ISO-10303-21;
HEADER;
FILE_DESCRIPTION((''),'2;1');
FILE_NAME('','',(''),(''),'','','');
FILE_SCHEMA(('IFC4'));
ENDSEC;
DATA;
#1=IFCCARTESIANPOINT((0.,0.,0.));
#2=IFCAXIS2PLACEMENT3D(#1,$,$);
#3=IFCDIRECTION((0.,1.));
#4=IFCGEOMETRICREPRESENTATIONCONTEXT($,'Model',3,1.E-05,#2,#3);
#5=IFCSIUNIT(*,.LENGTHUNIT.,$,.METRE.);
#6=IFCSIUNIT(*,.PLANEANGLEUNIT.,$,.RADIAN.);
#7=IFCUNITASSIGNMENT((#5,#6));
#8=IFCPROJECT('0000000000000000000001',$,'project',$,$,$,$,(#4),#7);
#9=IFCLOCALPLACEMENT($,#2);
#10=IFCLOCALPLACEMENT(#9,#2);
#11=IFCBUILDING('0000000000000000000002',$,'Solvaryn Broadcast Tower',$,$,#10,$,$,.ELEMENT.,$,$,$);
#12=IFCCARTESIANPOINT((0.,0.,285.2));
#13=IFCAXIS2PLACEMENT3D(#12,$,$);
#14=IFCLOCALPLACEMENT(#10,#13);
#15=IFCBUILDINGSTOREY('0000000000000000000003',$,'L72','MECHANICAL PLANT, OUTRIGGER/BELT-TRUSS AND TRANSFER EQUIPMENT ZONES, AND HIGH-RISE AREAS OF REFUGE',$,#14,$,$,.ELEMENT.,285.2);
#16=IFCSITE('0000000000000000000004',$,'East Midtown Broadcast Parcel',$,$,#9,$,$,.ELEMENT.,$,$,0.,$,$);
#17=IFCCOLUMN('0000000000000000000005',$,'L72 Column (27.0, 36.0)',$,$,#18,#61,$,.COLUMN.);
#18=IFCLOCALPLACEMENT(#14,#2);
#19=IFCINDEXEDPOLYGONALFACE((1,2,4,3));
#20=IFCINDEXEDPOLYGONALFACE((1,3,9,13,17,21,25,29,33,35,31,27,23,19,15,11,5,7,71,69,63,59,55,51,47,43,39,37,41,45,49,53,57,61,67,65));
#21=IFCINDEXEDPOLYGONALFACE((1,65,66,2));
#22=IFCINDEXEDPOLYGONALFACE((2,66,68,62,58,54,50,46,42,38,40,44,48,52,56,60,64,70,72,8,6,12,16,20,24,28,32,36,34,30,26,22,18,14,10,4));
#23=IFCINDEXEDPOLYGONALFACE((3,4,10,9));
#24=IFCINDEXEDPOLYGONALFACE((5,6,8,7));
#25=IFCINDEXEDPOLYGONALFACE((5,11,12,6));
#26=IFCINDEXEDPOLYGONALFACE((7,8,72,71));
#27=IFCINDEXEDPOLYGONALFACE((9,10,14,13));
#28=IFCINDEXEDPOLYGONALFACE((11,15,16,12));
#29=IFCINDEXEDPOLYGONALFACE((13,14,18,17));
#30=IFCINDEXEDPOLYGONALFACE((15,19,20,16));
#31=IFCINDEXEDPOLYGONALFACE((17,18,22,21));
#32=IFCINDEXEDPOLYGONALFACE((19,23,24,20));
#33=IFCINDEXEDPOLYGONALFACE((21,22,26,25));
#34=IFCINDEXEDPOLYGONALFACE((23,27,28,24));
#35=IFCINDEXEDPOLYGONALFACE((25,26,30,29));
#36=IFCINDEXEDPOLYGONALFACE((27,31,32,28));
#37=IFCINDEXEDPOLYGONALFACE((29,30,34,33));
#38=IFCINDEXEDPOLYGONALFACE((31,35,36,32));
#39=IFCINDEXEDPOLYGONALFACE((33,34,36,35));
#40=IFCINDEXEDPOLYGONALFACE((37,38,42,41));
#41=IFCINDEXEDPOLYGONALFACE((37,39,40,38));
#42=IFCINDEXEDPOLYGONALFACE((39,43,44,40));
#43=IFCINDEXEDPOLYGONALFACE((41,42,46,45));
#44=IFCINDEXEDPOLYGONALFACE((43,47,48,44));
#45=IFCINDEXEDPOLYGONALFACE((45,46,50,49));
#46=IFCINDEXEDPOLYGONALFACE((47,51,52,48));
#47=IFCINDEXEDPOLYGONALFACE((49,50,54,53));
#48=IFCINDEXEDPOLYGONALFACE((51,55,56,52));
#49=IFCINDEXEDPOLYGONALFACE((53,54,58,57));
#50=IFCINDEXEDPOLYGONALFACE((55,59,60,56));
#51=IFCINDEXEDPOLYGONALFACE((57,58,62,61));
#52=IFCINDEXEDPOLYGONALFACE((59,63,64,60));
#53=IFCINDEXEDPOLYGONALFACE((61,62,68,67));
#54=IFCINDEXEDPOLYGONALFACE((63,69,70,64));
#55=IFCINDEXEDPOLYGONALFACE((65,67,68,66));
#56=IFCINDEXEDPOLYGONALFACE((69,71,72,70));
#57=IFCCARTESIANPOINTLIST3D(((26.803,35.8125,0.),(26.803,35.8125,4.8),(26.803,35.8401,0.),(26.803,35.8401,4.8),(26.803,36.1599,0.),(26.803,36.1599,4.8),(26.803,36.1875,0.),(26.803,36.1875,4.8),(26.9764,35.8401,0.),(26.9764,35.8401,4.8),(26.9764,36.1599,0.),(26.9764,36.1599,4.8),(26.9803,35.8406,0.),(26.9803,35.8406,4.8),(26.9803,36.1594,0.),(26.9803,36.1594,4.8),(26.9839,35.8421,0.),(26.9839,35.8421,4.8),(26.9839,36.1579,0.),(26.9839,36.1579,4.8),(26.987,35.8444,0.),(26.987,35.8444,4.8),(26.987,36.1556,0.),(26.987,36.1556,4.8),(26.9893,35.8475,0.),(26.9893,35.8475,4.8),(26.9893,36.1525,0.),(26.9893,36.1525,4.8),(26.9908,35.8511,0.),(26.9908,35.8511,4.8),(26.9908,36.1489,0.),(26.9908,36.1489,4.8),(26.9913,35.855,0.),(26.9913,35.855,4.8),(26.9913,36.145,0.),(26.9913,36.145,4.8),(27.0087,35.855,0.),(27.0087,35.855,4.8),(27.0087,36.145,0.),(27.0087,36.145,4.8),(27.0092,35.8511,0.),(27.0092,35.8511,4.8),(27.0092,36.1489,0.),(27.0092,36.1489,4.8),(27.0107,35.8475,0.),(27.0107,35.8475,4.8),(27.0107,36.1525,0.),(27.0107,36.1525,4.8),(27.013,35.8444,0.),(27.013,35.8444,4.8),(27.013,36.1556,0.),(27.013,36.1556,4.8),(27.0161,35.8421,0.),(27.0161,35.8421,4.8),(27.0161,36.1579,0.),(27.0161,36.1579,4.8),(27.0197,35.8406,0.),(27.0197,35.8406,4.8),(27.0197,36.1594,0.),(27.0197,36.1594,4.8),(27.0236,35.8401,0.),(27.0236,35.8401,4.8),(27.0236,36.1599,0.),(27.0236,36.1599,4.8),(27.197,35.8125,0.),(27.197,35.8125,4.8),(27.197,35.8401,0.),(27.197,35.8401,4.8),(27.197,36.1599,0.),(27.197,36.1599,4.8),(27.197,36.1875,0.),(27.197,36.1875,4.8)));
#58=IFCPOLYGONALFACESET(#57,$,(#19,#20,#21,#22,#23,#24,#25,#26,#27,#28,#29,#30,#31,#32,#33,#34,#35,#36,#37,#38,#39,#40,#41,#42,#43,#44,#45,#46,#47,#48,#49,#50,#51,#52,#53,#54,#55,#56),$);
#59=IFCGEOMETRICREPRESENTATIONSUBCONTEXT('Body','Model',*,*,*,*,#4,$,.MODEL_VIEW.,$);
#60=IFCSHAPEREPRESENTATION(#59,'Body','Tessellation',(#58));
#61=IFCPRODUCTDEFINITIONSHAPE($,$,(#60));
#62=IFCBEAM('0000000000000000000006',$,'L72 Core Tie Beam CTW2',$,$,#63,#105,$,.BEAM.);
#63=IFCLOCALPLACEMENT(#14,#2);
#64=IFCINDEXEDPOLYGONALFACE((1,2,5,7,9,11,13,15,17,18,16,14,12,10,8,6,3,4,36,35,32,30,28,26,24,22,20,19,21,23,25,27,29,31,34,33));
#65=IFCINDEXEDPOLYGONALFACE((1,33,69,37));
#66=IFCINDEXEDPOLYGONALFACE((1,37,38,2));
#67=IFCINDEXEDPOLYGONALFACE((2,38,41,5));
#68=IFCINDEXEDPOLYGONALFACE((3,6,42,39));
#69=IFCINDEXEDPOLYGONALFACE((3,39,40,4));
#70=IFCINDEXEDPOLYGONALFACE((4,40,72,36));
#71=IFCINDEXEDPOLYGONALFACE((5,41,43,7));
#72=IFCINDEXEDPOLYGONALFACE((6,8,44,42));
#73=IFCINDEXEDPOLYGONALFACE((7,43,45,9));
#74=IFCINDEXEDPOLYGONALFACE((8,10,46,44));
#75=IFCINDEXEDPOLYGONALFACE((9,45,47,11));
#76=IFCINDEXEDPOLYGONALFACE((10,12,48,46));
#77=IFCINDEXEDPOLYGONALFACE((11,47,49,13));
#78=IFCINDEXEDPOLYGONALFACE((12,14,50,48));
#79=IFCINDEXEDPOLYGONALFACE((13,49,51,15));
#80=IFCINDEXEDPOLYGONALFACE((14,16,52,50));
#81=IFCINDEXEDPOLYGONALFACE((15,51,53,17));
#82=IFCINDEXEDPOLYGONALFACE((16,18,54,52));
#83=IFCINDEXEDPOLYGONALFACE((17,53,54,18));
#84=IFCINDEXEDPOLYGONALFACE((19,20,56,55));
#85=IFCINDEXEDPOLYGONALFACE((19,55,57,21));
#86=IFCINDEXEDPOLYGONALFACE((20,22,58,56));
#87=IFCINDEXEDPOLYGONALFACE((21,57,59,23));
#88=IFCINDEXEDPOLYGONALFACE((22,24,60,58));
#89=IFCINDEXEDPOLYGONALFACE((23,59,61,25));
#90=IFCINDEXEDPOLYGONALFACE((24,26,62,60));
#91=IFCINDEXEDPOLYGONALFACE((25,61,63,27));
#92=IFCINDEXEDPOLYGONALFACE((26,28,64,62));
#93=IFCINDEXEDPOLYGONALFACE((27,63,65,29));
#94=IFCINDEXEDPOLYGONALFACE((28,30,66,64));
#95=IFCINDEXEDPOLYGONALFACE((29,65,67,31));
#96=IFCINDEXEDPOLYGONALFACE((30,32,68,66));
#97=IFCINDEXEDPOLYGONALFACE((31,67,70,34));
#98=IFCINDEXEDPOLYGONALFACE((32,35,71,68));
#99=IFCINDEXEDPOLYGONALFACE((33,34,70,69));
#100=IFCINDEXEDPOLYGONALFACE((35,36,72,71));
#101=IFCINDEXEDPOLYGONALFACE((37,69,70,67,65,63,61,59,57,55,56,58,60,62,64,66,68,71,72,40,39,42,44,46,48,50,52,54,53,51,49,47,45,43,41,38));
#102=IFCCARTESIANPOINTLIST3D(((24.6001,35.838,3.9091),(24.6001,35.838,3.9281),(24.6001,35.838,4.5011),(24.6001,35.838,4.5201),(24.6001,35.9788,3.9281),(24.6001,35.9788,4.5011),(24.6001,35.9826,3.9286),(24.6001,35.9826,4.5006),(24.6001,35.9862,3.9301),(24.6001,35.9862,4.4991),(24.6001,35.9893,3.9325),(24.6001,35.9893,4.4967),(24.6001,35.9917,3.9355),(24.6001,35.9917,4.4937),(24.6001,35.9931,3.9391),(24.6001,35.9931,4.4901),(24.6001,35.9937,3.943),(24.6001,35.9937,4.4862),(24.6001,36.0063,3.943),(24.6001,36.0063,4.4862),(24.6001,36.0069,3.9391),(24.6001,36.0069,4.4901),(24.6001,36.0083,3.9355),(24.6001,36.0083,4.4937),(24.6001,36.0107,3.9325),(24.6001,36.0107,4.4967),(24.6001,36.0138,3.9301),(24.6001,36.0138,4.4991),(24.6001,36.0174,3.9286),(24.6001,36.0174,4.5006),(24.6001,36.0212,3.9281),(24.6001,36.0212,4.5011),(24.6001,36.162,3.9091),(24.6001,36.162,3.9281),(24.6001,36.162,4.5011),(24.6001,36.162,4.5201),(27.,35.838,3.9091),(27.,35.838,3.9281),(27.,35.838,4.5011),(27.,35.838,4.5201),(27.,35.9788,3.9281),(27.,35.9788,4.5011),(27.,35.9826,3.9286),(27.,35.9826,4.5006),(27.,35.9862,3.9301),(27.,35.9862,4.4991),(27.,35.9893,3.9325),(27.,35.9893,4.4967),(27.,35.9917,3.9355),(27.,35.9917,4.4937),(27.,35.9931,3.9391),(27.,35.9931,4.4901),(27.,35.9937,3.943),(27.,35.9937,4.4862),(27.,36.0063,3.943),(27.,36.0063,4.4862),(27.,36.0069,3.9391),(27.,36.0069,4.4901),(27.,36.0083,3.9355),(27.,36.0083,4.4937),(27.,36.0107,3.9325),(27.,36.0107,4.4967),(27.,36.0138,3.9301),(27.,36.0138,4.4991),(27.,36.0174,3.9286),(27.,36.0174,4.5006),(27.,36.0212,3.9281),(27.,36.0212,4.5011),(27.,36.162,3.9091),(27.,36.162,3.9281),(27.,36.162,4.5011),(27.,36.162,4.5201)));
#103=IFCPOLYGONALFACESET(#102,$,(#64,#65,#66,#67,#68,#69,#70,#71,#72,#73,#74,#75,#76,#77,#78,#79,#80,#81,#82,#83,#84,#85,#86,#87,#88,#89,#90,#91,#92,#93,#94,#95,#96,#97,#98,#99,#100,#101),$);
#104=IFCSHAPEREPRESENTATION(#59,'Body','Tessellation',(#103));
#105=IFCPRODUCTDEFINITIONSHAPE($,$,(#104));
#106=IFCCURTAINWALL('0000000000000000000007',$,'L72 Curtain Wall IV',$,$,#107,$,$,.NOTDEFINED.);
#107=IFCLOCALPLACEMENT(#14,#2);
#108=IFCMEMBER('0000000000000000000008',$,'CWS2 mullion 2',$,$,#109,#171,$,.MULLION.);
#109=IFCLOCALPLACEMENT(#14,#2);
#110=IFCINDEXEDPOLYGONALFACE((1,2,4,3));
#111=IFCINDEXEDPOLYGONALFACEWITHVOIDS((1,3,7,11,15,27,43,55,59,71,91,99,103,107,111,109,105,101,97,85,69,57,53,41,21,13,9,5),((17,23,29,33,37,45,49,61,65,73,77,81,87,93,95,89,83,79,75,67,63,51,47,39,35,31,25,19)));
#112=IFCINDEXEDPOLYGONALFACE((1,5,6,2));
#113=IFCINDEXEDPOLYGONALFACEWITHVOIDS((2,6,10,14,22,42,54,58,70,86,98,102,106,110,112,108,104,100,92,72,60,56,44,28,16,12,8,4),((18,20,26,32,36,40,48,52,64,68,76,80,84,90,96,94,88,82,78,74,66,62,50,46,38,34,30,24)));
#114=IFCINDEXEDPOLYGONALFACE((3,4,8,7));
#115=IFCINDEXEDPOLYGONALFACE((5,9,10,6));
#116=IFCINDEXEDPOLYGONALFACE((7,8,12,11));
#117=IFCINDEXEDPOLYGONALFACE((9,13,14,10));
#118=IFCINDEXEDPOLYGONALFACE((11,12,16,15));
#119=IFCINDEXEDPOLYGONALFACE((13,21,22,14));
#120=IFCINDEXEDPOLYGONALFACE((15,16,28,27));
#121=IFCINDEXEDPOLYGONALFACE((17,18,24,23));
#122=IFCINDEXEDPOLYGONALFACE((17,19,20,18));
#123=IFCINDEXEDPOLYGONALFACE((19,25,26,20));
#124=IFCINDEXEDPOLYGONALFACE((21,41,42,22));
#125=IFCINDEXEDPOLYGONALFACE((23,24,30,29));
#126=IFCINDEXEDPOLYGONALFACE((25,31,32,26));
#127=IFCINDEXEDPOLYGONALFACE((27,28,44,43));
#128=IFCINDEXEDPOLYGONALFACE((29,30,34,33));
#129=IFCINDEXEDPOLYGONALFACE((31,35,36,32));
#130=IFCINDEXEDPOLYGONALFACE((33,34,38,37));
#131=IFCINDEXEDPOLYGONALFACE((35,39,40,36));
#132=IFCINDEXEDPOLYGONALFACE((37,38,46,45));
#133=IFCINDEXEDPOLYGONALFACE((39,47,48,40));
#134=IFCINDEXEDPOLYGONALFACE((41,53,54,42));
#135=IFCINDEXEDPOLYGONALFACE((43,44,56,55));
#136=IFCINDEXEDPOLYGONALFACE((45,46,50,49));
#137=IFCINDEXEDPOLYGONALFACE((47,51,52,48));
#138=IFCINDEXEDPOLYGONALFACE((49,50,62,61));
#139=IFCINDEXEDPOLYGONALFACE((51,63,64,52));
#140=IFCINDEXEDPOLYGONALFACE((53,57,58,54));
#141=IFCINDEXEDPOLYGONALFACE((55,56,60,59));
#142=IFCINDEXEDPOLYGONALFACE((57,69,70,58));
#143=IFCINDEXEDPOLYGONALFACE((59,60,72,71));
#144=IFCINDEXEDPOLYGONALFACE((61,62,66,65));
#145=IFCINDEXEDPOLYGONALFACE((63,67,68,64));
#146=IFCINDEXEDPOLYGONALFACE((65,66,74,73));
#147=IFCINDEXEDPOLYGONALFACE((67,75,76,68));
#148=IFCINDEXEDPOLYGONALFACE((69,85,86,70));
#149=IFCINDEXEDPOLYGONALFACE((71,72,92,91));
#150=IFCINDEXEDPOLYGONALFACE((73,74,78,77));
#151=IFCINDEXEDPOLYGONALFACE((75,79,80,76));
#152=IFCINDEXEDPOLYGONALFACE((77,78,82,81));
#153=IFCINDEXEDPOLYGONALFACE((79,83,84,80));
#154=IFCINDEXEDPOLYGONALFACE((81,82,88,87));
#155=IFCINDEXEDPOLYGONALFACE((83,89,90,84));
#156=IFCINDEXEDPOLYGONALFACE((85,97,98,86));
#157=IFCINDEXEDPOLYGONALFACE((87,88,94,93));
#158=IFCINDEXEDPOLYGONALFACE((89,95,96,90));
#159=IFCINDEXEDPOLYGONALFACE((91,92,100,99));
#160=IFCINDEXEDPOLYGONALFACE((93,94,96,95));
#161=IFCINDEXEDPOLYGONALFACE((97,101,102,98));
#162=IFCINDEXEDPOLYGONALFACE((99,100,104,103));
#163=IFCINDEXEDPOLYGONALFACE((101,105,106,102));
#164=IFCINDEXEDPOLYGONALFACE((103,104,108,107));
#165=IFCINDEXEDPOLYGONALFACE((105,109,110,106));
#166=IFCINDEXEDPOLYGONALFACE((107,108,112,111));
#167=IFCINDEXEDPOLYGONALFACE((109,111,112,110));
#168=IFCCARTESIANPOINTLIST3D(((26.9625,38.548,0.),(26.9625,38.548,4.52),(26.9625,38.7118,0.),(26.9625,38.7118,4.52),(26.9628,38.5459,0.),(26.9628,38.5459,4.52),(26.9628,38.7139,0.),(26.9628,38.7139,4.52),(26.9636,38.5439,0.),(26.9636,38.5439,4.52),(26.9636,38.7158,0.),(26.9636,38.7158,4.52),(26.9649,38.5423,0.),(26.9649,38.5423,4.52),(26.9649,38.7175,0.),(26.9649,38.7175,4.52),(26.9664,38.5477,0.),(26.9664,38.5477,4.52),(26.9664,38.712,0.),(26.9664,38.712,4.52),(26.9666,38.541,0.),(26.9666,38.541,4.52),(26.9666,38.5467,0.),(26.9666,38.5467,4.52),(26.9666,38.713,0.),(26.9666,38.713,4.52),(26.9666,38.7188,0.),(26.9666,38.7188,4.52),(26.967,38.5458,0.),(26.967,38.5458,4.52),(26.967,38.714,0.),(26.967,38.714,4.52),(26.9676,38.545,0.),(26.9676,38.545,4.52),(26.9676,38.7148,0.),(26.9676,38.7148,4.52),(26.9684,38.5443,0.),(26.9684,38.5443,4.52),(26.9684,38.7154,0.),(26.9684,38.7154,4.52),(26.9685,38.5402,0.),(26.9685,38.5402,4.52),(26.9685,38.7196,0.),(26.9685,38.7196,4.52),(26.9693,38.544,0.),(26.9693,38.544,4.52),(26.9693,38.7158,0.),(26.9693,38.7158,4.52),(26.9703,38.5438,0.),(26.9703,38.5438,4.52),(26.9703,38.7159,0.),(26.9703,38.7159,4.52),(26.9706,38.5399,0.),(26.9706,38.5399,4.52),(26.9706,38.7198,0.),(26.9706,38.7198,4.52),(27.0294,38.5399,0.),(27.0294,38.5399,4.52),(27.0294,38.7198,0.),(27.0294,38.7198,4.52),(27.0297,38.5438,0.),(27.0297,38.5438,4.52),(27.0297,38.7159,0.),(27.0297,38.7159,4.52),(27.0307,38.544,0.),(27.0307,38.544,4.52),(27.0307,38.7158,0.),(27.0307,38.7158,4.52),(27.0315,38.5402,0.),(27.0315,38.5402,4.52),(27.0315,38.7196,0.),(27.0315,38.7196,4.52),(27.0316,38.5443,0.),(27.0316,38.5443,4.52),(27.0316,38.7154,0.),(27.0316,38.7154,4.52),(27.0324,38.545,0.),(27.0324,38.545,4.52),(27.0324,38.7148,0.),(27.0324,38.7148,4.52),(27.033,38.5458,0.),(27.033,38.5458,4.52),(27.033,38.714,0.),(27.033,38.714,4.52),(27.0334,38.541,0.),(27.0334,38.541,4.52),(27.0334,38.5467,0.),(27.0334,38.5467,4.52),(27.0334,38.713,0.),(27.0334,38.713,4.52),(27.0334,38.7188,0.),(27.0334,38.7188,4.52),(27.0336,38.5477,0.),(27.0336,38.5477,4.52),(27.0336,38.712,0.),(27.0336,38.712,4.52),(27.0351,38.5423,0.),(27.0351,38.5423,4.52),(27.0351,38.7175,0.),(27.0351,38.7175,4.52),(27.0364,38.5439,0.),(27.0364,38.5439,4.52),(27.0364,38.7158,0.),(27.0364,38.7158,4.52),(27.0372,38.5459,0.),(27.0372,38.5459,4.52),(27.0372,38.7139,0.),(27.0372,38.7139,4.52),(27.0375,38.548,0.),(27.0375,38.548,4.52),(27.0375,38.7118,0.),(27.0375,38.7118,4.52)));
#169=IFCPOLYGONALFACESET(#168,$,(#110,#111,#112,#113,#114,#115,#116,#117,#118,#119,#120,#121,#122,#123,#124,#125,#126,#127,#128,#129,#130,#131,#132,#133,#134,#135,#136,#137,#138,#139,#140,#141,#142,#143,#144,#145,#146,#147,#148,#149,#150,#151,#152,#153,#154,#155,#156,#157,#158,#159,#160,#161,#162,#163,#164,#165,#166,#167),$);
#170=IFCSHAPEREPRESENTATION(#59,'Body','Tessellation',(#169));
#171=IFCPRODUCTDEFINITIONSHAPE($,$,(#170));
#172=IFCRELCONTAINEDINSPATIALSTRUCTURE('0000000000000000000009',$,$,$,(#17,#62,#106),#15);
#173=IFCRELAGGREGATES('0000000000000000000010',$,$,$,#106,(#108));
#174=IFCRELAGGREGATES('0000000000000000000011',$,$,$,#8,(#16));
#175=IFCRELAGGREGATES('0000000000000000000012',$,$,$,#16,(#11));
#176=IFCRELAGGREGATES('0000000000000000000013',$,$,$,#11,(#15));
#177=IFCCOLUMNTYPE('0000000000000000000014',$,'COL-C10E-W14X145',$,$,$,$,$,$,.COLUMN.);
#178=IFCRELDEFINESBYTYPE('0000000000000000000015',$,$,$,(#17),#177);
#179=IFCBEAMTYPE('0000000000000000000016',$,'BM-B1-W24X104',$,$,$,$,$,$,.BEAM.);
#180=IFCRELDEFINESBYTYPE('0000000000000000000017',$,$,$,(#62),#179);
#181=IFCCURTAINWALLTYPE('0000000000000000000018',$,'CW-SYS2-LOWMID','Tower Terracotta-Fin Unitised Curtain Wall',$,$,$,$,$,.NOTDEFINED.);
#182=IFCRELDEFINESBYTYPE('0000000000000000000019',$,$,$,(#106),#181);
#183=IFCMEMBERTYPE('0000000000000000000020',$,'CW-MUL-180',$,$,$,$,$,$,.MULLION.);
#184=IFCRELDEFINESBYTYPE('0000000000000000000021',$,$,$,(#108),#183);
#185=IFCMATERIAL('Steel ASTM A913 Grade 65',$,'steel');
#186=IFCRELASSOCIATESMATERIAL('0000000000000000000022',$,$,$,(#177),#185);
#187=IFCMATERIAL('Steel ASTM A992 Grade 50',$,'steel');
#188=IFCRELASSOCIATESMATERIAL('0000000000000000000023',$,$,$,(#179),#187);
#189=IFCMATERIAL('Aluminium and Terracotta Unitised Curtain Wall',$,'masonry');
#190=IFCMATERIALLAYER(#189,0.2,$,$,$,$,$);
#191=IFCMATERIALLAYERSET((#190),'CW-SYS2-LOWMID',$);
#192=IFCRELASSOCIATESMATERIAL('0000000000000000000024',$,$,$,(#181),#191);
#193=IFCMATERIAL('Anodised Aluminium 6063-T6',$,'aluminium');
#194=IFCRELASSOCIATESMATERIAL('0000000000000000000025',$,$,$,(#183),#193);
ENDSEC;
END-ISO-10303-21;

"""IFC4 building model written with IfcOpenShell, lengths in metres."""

from ifc_helpers import new_model, si_unit, direction, frame, origin, origin_2d, place, context, subcontext, project, spatial, hollow_rectangle, i_section, extrude, material, layer, layer_set, material_profile, profile_set, type_object, element, aggregate, save


model = new_model("IFC4")

# Units and contexts
model_context = context("Model", 3, precision=1e-05, world=origin(), true_north=direction((0.0, 1.0)))
body_context = subcontext(model_context, "Body", "Model", "MODEL_VIEW")
ifc_project = project(units=[si_unit("LENGTHUNIT", "METRE"), si_unit("PLANEANGLEUNIT", "RADIAN")], contexts=[model_context])

# Site, building, storey
site_placement = place(None, origin())
site = spatial("IfcSite", under=ifc_project, at=site_placement, Name="East Midtown Broadcast Parcel", CompositionType="ELEMENT", RefElevation=0.0)
building_placement = place(site_placement, origin())
building = spatial("IfcBuilding", under=site, at=building_placement, Name="Solvaryn Broadcast Tower", CompositionType="ELEMENT")
storey_placement = place(building_placement, frame((0.0, 0.0, 285.2)))
storey = spatial("IfcBuildingStorey", under=building, at=storey_placement, Name="L72", Description="MECHANICAL PLANT, OUTRIGGER/BELT-TRUSS AND TRANSFER EQUIPMENT ZONES, AND HIGH-RISE AREAS OF REFUGE", CompositionType="ELEMENT", Elevation=285.2)

# Column
ifc_material_1 = material(Name="Steel ASTM A913 Grade 65", Category="steel")
ifc_material_profile_1 = material_profile(ifc_material_1, i_section(OverallWidth=0.394, OverallDepth=0.375, WebThickness=0.0173, FlangeThickness=0.0276, FilletRadius=0.0149, at=origin_2d()))
ifc_profile_set_1 = profile_set([ifc_material_profile_1], Name="Steel ASTM A913 Grade 65")
column_type = type_object("IfcColumnType", Name="COL-C10E-W14X145", PredefinedType="COLUMN", material=ifc_profile_set_1)
column_placement = place(storey_placement, frame((27.0, 36.0, 0.0), z_axis=(0.0, 0.0, 1.0), x_axis=(1.0, 0.0, 0.0)))
element("IfcColumn", 1, at=column_placement, inside=storey, type_object=column_type, Name="L72 Column (27.0, 36.0)", PredefinedType="COLUMN", context=body_context, shape_type="SweptSolid", body=[
    extrude(i_section(OverallWidth=0.394, OverallDepth=0.375, WebThickness=0.0173, FlangeThickness=0.0276, FilletRadius=0.0149, at=origin_2d()), origin(), (0.0, 0.0, 1.0), 4.8),
])

# Beam
ifc_material_2 = material(Name="Steel ASTM A992 Grade 50", Category="steel")
ifc_material_profile_2 = material_profile(ifc_material_2, i_section(OverallWidth=0.324, OverallDepth=0.6111, WebThickness=0.0127, FlangeThickness=0.019, FilletRadius=0.0149, at=origin_2d()))
ifc_profile_set_2 = profile_set([ifc_material_profile_2], Name="Steel ASTM A992 Grade 50")
beam_type = type_object("IfcBeamType", Name="BM-B1-W24X104", PredefinedType="BEAM", material=ifc_profile_set_2)
beam_placement = place(storey_placement, frame((24.6001, 36.0, 4.2146), z_axis=(1.0, 0.0, 0.0), x_axis=(0.0, 1.0, 0.0)))
element("IfcBeam", 2, at=beam_placement, inside=storey, type_object=beam_type, Name="L72 Core Tie Beam CTW2", PredefinedType="BEAM", context=body_context, shape_type="SweptSolid", body=[
    extrude(i_section(OverallWidth=0.324, OverallDepth=0.6111, WebThickness=0.0127, FlangeThickness=0.019, FilletRadius=0.0149, at=origin_2d()), origin(), (0.0, 0.0, 1.0), 2.3999),
])

# Curtain wall, member
ifc_material_3 = material(Name="Aluminium and Terracotta Unitised Curtain Wall", Category="masonry")
ifc_layer_1 = layer(ifc_material_3, 0.2)
ifc_layer_set_1 = layer_set([ifc_layer_1], Name="CW-SYS2-LOWMID")
curtain_wall_type = type_object("IfcCurtainWallType", Name="CW-SYS2-LOWMID", Description="Tower Terracotta-Fin Unitised Curtain Wall", PredefinedType="NOTDEFINED", material=ifc_layer_set_1)
curtain_wall_1_placement = place(storey_placement, origin())
curtain_wall_1 = element("IfcCurtainWall", 3, at=curtain_wall_1_placement, inside=storey, type_object=curtain_wall_type, Name="L72 Curtain Wall IV", PredefinedType="NOTDEFINED")
ifc_material_4 = material(Name="Anodised Aluminium 6063-T6", Category="aluminium")
ifc_material_profile_3 = material_profile(ifc_material_4, hollow_rectangle(XDim=0.075, YDim=0.1799, WallThickness=0.0039, InnerFilletRadius=0.0039, OuterFilletRadius=0.0081, at=origin_2d()))
ifc_profile_set_3 = profile_set([ifc_material_profile_3], Name="Anodised Aluminium 6063-T6")
member_type_1 = type_object("IfcMemberType", Name="CW-MUL-180", PredefinedType="MULLION", material=ifc_profile_set_3)
member_1_placement = place(storey_placement, frame((27.0, 38.6299, 0.0), z_axis=(0.0, 0.0, 1.0), x_axis=(1.0, 0.0, 0.0)))
member_1 = element("IfcMember", 4, at=member_1_placement, type_object=member_type_1, Name="CWS2 mullion 2", PredefinedType="MULLION", context=body_context, shape_type="SweptSolid", body=[
    extrude(hollow_rectangle(XDim=0.075, YDim=0.1799, WallThickness=0.0039, InnerFilletRadius=0.0039, OuterFilletRadius=0.0081, at=origin_2d()), origin(), (0.0, 0.0, 1.0), 4.52),
])

aggregate(curtain_wall_1, [member_1])

save(model, "model.ifc")
